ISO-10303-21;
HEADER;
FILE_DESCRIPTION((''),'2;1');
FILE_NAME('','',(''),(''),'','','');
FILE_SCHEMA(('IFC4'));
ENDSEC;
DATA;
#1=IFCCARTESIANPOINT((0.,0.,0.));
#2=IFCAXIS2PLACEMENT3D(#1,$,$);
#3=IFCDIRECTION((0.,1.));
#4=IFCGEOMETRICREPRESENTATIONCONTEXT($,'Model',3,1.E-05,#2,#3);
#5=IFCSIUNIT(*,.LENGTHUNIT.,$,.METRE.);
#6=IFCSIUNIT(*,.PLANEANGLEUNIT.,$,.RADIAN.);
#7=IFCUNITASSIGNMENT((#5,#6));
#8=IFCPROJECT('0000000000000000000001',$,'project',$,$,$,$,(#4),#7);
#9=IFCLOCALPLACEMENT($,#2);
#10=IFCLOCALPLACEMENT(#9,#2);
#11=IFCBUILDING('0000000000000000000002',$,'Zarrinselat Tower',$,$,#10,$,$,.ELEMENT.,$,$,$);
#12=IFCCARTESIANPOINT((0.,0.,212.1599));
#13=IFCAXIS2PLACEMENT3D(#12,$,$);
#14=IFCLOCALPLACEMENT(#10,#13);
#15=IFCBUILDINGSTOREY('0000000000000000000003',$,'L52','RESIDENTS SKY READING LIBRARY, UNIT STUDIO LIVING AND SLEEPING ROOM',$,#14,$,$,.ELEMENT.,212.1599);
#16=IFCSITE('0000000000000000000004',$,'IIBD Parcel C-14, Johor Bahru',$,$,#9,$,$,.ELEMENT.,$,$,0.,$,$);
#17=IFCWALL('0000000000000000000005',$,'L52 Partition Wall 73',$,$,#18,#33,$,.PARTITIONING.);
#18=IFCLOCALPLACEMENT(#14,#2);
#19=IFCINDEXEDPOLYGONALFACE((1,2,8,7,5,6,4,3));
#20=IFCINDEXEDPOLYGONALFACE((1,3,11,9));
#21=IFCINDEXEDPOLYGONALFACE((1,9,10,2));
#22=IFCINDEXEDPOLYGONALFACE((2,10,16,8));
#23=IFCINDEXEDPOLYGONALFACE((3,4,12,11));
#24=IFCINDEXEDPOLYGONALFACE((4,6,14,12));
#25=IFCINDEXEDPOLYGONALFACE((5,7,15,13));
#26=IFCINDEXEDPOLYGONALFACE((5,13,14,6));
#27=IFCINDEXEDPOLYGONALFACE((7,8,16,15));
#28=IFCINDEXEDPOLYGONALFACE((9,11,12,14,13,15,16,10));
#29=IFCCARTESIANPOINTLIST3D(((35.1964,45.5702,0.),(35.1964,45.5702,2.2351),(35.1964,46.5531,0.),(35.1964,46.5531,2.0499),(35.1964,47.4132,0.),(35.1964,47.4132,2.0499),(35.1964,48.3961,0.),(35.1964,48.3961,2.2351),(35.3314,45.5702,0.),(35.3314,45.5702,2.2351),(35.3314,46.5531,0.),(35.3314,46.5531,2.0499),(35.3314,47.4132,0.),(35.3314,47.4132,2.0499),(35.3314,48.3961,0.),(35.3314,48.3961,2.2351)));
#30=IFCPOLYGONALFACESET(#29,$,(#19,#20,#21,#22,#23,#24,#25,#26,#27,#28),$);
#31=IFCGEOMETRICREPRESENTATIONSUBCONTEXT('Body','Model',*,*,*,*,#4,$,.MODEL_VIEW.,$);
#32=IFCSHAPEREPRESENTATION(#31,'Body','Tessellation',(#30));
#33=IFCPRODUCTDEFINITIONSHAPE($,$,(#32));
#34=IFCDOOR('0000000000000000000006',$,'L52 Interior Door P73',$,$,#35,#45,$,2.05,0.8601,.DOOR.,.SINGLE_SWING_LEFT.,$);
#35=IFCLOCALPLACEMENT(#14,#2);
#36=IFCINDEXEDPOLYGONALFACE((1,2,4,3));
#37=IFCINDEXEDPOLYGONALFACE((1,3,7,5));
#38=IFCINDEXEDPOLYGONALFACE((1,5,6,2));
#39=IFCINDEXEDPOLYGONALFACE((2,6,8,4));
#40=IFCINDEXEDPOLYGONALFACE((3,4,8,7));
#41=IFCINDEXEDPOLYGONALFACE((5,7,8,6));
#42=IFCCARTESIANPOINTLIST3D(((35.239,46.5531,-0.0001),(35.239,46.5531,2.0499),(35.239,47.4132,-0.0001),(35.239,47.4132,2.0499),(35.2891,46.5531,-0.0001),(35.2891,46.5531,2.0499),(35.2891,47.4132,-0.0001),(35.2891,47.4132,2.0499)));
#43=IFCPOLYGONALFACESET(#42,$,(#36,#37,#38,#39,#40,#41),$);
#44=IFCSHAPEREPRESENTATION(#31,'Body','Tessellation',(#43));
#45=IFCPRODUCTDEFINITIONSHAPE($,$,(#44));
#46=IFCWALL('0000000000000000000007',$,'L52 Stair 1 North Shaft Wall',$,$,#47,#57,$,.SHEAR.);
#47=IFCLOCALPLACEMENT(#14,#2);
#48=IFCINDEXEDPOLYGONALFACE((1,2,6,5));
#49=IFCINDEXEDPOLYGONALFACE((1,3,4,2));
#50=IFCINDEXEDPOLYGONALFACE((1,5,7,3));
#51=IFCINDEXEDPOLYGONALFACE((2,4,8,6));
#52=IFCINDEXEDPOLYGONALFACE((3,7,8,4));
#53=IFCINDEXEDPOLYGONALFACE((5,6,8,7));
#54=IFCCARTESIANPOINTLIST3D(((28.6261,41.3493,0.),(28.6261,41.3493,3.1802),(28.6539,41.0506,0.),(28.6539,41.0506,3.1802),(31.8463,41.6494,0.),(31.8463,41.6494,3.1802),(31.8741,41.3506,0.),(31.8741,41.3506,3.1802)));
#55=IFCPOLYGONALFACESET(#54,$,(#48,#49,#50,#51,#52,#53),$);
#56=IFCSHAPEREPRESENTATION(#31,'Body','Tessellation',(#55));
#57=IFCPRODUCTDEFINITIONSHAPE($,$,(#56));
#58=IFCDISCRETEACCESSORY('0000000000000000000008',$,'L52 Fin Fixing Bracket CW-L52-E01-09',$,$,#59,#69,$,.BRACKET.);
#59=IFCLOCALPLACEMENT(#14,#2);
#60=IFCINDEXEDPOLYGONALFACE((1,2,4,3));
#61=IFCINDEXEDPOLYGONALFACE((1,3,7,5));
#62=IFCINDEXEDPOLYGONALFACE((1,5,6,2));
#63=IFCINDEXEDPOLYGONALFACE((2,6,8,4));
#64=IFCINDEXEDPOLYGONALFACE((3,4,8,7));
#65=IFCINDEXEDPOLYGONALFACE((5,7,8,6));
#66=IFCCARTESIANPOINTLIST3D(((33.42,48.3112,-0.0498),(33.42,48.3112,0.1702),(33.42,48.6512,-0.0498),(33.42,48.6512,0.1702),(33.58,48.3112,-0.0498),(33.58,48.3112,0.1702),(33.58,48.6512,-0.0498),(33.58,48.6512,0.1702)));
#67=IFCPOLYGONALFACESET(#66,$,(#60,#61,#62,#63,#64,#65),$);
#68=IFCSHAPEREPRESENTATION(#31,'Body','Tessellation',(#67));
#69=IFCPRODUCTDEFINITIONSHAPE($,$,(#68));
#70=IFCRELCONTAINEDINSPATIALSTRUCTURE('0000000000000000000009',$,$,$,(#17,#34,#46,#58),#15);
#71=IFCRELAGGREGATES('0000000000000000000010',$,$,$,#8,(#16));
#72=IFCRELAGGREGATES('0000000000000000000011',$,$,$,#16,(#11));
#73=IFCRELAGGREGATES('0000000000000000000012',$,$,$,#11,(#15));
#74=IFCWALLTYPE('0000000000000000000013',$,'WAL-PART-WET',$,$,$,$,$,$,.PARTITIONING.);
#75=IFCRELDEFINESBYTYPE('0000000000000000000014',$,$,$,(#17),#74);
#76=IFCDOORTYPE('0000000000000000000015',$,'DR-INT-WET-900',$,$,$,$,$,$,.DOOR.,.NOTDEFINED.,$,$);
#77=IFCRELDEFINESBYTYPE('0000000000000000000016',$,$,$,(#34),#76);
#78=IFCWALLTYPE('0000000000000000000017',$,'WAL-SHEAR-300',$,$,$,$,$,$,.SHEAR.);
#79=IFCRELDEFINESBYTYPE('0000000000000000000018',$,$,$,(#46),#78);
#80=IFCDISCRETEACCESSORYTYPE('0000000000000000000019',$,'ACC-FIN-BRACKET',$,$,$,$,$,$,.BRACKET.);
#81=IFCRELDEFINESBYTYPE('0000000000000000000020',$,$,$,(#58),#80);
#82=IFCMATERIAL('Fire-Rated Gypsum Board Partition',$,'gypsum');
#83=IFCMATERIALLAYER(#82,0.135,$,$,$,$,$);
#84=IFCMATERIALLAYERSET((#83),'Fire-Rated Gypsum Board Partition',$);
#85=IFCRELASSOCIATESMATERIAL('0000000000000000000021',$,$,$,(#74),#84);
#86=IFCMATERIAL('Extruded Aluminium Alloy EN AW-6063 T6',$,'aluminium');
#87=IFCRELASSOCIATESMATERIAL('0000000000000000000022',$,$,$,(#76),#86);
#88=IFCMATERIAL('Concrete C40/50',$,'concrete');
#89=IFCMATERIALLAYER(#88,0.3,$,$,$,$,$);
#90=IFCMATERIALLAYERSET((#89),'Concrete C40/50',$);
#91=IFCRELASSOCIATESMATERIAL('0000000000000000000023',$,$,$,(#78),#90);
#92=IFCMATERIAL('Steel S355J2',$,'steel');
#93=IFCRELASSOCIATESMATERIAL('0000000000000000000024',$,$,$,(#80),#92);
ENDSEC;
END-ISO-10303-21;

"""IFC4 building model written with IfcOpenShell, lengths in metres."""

from ifc_helpers import new_model, si_unit, direction, frame, frame_2d, origin, origin_2d, place, context, subcontext, project, spatial, rectangle, extrude, material, layer, layer_set, type_object, element, fill, save


model = new_model("IFC4")

# Units and contexts
model_context = context("Model", 3, precision=1e-05, world=origin(), true_north=direction((0.0, 1.0)))
body_context = subcontext(model_context, "Body", "Model", "MODEL_VIEW")
ifc_project = project(units=[si_unit("LENGTHUNIT", "METRE"), si_unit("PLANEANGLEUNIT", "RADIAN")], contexts=[model_context])

# Site, building, storey
site_placement = place(None, origin())
site = spatial("IfcSite", under=ifc_project, at=site_placement, Name="IIBD Parcel C-14, Johor Bahru", CompositionType="ELEMENT", RefElevation=0.0)
building_placement = place(site_placement, origin())
building = spatial("IfcBuilding", under=site, at=building_placement, Name="Zarrinselat Tower", CompositionType="ELEMENT")
storey_placement = place(building_placement, frame((0.0, 0.0, 212.1599)))
storey = spatial("IfcBuildingStorey", under=building, at=storey_placement, Name="L52", Description="RESIDENTS SKY READING LIBRARY, UNIT STUDIO LIVING AND SLEEPING ROOM", CompositionType="ELEMENT", Elevation=212.1599)

# Wall, opening, door
ifc_material_1 = material(Name="Fire-Rated Gypsum Board Partition", Category="gypsum")
ifc_layer_1 = layer(ifc_material_1, 0.135)
ifc_layer_set_1 = layer_set([ifc_layer_1], Name="Fire-Rated Gypsum Board Partition")
wall_type_1 = type_object("IfcWallType", Name="WAL-PART-WET", PredefinedType="PARTITIONING", material=ifc_layer_set_1)
wall_1_placement = place(storey_placement, frame((35.2639, 45.5701, 0.0), z_axis=(0.0, 0.0, 1.0), x_axis=(0.0, 1.0, 0.0)))
wall_1 = element("IfcWall", 1, at=wall_1_placement, inside=storey, type_object=wall_type_1, Name="L52 Partition Wall 73", PredefinedType="PARTITIONING", context=body_context, shape_type="SweptSolid", body=[
    extrude(rectangle(XDim=2.8259, YDim=0.135, at=frame_2d((1.4131, 0.0))), origin(), (0.0, 0.0, 1.0), 2.2351),
])
opening_1_placement = place(wall_1_placement, frame((0.9829, 0.0, 0.0)))
opening_1 = element("IfcOpeningElement", 2, at=opening_1_placement, cuts=wall_1, PredefinedType="OPENING", context=body_context, shape_type="SweptSolid", body=[
    extrude(rectangle(XDim=0.8601, YDim=2.05, at=frame_2d((0.4302, 1.0249))), frame((0.0, 0.0774, 0.0), z_axis=(0.0, -1.0, 0.0), x_axis=(1.0, 0.0, 0.0)), (0.0, 0.0, 1.0), 0.155),
])
ifc_material_2 = material(Name="Extruded Aluminium Alloy EN AW-6063 T6", Category="aluminium")
door_type_1 = type_object("IfcDoorType", Name="DR-INT-WET-900", OperationType="NOTDEFINED", PredefinedType="DOOR", material=ifc_material_2)
door_1_placement = place(opening_1_placement, origin())
door_1 = element("IfcDoor", 3, at=door_1_placement, inside=storey, type_object=door_type_1, Name="L52 Interior Door P73", OperationType="SINGLE_SWING_LEFT", OverallHeight=2.05, OverallWidth=0.8601, PredefinedType="DOOR", context=body_context, shape_type="SweptSolid", body=[
    extrude(rectangle(XDim=0.8601, YDim=2.05, at=frame_2d((0.4302, 1.0249))), frame((0.0, 0.0249, 0.0), z_axis=(0.0, -1.0, 0.0), x_axis=(1.0, 0.0, 0.0)), (0.0, 0.0, 1.0), 0.05),
])
fill(opening_1, door_1)

# Wall
ifc_material_3 = material(Name="Concrete C40/50", Category="concrete")
ifc_layer_2 = layer(ifc_material_3, 0.3)
ifc_layer_set_2 = layer_set([ifc_layer_2], Name="Concrete C40/50")
wall_type_2 = type_object("IfcWallType", Name="WAL-SHEAR-300", PredefinedType="SHEAR", material=ifc_layer_set_2)
wall_2_placement = place(storey_placement, frame((28.6399, 41.2, 0.0), z_axis=(0.0, 0.0, 1.0), x_axis=(0.995687, 0.092775, 0.0)))
element("IfcWall", 4, at=wall_2_placement, inside=storey, type_object=wall_type_2, Name="L52 Stair 1 North Shaft Wall", PredefinedType="SHEAR", context=body_context, shape_type="SweptSolid", body=[
    extrude(rectangle(XDim=3.2341, YDim=0.3, at=frame_2d((1.6172, 0.0))), origin(), (0.0, 0.0, 1.0), 3.1802),
])

# Discrete accessory
ifc_material_4 = material(Name="Steel S355J2", Category="steel")
discrete_accessory_type = type_object("IfcDiscreteAccessoryType", Name="ACC-FIN-BRACKET", PredefinedType="BRACKET", material=ifc_material_4)
discrete_accessory_placement = place(storey_placement, frame((33.5, 48.4812, -0.0498), z_axis=(0.0, 0.0, 1.0), x_axis=(0.0, 1.0, 0.0)))
element("IfcDiscreteAccessory", 5, at=discrete_accessory_placement, inside=storey, type_object=discrete_accessory_type, Name="L52 Fin Fixing Bracket CW-L52-E01-09", PredefinedType="BRACKET", context=body_context, shape_type="SweptSolid", body=[
    extrude(rectangle(XDim=0.3401, YDim=0.1599, at=origin_2d()), origin(), (0.0, 0.0, 1.0), 0.22),
])

save(model, "model.ifc")
